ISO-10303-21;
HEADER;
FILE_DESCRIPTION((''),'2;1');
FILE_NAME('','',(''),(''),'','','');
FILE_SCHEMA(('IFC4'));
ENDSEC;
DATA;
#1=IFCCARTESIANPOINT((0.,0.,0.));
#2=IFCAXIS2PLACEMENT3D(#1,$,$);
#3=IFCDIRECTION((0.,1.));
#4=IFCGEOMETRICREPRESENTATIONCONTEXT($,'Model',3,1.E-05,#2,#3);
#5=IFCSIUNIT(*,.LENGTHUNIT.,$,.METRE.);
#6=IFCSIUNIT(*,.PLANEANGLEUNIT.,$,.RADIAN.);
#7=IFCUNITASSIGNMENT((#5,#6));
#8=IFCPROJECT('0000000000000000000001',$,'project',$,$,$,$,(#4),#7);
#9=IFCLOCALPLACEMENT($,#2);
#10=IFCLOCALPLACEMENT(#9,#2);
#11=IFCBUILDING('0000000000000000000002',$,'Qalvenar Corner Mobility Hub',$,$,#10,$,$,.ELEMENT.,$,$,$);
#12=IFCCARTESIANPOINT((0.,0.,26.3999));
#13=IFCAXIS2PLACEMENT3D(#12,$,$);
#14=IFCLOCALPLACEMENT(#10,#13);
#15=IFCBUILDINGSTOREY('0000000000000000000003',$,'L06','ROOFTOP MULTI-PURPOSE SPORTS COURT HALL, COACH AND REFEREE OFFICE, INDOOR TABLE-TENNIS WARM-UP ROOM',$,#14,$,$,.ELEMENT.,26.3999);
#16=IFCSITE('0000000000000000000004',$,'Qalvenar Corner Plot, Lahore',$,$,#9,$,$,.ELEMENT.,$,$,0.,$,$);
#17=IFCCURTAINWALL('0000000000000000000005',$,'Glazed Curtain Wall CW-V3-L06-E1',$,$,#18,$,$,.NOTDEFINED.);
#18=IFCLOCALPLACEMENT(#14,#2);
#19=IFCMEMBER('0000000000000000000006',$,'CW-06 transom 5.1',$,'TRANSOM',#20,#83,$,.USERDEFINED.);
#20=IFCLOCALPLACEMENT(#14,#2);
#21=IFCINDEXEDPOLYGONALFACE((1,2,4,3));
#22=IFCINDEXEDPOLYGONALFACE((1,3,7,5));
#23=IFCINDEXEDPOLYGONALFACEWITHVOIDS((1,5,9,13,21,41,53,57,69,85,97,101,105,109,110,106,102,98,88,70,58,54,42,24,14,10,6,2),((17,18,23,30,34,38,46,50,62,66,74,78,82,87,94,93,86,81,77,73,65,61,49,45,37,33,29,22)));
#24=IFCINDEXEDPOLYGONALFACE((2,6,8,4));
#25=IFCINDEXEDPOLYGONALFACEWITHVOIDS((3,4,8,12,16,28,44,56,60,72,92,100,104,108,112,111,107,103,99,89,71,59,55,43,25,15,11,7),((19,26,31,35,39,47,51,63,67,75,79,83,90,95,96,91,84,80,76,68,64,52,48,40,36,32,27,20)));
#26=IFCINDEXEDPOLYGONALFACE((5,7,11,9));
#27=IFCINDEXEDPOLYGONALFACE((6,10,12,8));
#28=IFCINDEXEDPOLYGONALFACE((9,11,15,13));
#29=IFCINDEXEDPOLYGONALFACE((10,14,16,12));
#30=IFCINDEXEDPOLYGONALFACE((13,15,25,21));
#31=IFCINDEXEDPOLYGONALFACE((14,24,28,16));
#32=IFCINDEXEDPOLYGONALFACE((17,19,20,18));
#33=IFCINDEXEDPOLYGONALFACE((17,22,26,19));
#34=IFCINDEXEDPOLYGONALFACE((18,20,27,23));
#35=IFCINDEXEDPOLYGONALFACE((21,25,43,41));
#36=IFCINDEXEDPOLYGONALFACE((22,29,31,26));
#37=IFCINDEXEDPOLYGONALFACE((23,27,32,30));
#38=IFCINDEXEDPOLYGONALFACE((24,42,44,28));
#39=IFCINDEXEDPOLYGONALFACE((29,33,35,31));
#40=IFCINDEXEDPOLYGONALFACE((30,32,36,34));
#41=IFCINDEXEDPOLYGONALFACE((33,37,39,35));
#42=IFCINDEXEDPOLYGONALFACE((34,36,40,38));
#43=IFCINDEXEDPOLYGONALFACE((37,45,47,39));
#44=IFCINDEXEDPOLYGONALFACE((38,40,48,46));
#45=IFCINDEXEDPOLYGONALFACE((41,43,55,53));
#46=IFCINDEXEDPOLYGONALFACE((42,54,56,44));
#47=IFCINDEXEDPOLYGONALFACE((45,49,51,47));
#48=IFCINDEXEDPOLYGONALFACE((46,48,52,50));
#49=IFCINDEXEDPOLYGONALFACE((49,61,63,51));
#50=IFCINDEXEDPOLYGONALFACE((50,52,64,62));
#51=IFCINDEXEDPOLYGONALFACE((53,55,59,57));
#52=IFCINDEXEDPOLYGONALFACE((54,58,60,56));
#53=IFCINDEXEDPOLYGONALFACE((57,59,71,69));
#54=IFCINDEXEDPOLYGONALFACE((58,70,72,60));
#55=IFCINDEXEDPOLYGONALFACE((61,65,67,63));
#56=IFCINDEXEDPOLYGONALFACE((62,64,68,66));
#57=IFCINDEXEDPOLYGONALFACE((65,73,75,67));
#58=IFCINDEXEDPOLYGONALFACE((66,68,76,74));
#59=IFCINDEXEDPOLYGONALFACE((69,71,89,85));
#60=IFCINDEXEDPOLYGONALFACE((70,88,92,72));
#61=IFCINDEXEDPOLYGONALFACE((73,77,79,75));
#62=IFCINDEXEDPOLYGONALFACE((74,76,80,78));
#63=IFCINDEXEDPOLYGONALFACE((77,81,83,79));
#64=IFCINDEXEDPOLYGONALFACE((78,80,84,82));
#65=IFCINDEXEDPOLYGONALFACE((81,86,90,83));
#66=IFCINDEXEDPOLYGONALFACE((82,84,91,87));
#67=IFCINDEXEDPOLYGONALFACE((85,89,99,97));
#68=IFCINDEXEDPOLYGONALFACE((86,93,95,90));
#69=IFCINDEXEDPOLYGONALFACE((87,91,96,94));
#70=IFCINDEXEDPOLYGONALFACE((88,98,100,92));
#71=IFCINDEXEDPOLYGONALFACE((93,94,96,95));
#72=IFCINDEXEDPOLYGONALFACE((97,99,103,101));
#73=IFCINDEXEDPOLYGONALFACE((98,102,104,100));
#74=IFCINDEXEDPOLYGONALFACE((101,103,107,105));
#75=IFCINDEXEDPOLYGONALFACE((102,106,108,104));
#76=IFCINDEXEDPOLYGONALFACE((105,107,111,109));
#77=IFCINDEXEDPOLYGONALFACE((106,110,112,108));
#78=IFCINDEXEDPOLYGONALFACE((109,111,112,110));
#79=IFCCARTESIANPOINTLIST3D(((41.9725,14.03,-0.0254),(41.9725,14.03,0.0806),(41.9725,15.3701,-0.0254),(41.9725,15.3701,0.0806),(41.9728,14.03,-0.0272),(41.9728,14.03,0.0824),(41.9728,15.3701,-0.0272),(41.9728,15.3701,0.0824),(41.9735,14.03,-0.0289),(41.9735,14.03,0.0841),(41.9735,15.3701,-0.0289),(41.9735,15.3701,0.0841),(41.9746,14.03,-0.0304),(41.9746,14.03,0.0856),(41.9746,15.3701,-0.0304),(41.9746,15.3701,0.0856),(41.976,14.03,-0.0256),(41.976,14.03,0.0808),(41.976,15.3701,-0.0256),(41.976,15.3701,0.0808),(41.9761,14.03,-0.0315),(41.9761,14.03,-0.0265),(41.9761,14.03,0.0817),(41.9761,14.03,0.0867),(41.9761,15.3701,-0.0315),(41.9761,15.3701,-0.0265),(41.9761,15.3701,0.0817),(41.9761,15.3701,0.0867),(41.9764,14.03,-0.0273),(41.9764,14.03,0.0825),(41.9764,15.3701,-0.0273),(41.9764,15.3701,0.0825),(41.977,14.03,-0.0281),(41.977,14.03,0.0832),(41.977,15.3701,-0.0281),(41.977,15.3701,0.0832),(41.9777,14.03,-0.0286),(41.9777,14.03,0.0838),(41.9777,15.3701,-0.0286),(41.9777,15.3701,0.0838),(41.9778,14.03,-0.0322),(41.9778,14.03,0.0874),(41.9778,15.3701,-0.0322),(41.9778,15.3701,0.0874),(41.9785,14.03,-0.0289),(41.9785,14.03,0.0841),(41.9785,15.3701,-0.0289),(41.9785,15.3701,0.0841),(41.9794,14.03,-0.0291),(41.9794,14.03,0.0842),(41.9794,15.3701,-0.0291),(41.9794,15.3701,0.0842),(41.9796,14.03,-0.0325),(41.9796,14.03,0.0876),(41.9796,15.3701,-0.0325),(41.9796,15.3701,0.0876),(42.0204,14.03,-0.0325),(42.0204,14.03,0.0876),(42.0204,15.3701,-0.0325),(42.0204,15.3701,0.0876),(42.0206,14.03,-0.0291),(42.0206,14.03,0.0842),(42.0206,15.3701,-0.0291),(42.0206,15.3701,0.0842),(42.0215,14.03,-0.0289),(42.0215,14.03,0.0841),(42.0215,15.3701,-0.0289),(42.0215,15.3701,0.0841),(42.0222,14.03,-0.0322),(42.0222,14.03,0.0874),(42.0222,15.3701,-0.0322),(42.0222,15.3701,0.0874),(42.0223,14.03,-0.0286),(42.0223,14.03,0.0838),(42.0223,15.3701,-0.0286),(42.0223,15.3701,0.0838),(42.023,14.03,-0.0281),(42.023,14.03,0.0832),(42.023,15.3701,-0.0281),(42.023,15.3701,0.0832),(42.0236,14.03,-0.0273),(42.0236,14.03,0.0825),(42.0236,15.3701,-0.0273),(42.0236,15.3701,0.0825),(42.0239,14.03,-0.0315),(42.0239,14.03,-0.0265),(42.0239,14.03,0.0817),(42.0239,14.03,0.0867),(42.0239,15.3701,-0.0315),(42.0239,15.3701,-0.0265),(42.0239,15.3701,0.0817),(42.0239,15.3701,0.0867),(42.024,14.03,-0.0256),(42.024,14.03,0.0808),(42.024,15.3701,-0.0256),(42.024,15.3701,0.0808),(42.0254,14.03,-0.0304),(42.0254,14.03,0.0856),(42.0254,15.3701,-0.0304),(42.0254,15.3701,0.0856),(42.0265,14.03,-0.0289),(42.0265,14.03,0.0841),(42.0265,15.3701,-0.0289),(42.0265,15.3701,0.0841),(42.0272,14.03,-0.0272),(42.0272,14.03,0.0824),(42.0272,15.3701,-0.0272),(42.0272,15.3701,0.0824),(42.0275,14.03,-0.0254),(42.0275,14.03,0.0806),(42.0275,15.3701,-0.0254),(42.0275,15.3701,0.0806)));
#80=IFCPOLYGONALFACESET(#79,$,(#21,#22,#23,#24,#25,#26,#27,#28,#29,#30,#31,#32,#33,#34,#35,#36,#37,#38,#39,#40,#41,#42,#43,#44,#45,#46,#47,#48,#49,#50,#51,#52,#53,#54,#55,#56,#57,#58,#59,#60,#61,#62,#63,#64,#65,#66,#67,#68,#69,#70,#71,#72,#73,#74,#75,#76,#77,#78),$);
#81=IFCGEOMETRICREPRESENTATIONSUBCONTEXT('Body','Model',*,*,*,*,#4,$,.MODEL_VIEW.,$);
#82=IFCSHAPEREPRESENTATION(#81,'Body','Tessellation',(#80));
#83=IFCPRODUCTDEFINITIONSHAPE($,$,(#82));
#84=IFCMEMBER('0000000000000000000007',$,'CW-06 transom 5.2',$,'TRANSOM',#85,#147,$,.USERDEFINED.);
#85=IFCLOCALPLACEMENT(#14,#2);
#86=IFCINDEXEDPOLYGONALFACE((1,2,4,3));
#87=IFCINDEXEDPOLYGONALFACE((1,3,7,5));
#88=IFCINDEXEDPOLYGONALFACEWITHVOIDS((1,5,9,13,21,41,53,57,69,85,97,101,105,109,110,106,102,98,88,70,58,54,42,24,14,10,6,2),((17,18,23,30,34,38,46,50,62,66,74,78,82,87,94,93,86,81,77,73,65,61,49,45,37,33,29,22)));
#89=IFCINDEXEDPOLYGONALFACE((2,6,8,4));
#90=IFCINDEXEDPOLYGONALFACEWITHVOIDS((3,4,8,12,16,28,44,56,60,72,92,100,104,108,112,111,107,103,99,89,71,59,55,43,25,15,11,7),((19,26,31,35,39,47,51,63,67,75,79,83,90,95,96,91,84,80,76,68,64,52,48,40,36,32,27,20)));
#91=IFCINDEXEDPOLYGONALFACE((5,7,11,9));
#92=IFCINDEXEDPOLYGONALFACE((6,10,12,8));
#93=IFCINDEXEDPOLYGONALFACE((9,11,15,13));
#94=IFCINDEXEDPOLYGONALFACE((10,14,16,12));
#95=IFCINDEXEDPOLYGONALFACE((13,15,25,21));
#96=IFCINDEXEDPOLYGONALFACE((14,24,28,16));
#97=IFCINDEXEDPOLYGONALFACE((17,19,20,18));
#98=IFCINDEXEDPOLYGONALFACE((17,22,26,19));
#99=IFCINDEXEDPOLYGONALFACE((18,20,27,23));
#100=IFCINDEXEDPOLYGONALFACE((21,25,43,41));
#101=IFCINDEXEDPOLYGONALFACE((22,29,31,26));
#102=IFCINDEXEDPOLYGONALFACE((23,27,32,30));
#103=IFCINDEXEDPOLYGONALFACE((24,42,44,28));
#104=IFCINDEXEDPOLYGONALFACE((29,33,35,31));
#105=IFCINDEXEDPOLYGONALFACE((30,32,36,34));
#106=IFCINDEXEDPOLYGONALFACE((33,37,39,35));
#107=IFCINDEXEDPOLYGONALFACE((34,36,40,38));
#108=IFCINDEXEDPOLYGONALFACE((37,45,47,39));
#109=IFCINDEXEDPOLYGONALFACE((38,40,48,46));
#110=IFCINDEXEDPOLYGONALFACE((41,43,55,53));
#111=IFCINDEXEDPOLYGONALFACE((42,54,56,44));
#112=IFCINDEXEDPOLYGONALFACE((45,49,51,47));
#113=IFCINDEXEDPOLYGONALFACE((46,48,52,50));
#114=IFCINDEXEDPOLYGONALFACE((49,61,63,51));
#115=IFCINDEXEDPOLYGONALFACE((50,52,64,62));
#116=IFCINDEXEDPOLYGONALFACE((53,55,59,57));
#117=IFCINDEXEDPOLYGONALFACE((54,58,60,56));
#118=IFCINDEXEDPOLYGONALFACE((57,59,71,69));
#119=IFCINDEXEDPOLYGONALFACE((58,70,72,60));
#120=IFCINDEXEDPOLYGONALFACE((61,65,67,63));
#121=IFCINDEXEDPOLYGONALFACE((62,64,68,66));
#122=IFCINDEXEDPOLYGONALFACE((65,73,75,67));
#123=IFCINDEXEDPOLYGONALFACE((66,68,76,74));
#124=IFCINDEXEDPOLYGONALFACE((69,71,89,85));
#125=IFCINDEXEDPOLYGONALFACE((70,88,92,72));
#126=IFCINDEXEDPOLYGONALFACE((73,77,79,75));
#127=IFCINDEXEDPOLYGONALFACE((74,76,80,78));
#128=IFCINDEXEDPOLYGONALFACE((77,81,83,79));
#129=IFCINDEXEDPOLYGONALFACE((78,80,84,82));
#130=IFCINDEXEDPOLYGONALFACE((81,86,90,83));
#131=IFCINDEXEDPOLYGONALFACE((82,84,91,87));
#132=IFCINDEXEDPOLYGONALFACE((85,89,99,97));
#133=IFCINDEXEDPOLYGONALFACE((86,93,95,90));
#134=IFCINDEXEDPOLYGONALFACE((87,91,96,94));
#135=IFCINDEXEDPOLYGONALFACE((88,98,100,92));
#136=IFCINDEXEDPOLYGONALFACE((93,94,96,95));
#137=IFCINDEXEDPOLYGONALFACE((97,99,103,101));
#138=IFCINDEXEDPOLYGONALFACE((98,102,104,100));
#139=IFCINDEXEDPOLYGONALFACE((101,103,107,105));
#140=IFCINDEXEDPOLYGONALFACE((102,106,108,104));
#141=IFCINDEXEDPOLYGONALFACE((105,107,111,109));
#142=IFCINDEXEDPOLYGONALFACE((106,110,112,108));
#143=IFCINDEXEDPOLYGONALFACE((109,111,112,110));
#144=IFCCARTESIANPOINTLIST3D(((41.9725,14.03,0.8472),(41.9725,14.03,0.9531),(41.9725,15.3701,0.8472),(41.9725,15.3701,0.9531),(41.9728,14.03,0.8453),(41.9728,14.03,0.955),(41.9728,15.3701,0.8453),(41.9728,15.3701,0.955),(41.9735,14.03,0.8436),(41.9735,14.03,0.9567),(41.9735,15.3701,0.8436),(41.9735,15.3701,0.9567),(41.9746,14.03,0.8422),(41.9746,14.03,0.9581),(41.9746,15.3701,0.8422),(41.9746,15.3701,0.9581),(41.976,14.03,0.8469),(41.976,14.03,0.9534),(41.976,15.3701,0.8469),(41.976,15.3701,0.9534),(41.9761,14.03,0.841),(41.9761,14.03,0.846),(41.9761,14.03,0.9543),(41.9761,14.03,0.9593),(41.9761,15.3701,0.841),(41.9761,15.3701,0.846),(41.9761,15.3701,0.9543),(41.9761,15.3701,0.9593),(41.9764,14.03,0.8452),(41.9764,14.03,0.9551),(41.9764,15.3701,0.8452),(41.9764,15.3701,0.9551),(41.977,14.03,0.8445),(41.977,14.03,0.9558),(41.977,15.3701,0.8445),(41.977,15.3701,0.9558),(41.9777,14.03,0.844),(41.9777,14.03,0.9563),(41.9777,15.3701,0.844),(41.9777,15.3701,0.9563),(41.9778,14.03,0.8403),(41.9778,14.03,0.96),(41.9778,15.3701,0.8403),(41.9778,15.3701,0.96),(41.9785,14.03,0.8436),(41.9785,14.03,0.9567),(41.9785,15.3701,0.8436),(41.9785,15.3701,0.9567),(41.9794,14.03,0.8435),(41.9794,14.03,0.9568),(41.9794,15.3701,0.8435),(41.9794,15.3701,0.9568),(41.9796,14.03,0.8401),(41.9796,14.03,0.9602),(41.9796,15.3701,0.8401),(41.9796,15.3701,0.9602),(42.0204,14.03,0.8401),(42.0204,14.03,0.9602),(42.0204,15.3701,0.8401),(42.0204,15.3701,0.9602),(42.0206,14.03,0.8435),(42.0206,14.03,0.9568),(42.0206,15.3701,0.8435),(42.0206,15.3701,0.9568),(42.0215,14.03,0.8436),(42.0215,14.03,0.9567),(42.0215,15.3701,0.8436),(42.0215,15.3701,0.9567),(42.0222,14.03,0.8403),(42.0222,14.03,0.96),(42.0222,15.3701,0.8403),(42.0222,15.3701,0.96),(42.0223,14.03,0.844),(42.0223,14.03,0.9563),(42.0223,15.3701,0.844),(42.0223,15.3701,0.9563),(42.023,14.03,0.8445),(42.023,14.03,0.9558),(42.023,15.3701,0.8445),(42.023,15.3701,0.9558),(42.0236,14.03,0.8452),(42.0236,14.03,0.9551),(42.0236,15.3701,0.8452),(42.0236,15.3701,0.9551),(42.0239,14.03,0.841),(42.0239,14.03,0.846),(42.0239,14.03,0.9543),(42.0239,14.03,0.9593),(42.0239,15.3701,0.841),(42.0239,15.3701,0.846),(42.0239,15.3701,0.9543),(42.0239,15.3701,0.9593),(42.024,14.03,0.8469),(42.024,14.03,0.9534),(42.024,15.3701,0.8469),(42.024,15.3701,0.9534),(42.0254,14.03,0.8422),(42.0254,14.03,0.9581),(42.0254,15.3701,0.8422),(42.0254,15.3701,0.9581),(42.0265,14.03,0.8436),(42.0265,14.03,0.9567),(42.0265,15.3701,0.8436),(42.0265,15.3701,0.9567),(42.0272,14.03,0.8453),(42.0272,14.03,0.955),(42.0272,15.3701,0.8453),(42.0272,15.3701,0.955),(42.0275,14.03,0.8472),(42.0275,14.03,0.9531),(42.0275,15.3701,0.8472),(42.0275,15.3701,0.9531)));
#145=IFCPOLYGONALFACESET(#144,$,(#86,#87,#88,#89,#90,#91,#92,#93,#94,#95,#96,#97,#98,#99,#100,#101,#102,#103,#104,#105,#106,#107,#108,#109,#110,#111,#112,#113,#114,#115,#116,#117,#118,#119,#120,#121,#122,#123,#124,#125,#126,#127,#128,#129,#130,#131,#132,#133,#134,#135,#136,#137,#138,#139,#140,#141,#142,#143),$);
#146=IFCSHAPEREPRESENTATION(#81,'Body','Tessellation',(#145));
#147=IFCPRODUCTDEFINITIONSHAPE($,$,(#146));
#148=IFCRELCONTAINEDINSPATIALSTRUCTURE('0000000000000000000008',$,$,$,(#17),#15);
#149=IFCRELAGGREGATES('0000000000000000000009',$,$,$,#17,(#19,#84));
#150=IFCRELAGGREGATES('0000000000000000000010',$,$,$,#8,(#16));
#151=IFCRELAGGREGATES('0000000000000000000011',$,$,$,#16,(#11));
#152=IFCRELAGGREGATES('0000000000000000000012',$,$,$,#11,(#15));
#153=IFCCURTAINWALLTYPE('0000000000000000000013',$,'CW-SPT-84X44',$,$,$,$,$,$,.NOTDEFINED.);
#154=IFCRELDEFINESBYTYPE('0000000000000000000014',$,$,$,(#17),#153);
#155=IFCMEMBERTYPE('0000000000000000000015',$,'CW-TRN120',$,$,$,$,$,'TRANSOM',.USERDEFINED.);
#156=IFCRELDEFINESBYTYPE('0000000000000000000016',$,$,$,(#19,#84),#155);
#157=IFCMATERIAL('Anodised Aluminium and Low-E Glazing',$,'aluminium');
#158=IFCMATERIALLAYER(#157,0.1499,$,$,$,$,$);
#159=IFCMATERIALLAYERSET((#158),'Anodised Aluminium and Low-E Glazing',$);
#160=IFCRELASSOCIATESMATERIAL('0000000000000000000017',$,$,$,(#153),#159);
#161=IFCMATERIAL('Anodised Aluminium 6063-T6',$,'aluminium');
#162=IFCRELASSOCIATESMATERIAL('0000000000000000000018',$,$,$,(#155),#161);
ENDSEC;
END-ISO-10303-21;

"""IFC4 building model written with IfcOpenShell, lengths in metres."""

from ifc_helpers import new_model, si_unit, direction, frame, origin, origin_2d, place, context, subcontext, project, spatial, hollow_rectangle, extrude, material, layer, layer_set, material_profile, profile_set, type_object, element, aggregate, save


model = new_model("IFC4")

# Units and contexts
model_context = context("Model", 3, precision=1e-05, world=origin(), true_north=direction((0.0, 1.0)))
body_context = subcontext(model_context, "Body", "Model", "MODEL_VIEW")
ifc_project = project(units=[si_unit("LENGTHUNIT", "METRE"), si_unit("PLANEANGLEUNIT", "RADIAN")], contexts=[model_context])

# Site, building, storey
site_placement = place(None, origin())
site = spatial("IfcSite", under=ifc_project, at=site_placement, Name="Qalvenar Corner Plot, Lahore", CompositionType="ELEMENT", RefElevation=0.0)
building_placement = place(site_placement, origin())
building = spatial("IfcBuilding", under=site, at=building_placement, Name="Qalvenar Corner Mobility Hub", CompositionType="ELEMENT")
storey_placement = place(building_placement, frame((0.0, 0.0, 26.3999)))
storey = spatial("IfcBuildingStorey", under=building, at=storey_placement, Name="L06", Description="ROOFTOP MULTI-PURPOSE SPORTS COURT HALL, COACH AND REFEREE OFFICE, INDOOR TABLE-TENNIS WARM-UP ROOM", CompositionType="ELEMENT", Elevation=26.3999)

# Curtain wall, members
ifc_material_1 = material(Name="Anodised Aluminium and Low-E Glazing", Category="aluminium")
ifc_layer_1 = layer(ifc_material_1, 0.1499)
ifc_layer_set_1 = layer_set([ifc_layer_1], Name="Anodised Aluminium and Low-E Glazing")
curtain_wall_type = type_object("IfcCurtainWallType", Name="CW-SPT-84X44", PredefinedType="NOTDEFINED", material=ifc_layer_set_1)
curtain_wall_placement = place(storey_placement, origin())
curtain_wall = element("IfcCurtainWall", 1, at=curtain_wall_placement, inside=storey, type_object=curtain_wall_type, Name="Glazed Curtain Wall CW-V3-L06-E1", PredefinedType="NOTDEFINED")
ifc_material_2 = material(Name="Anodised Aluminium 6063-T6", Category="aluminium")
ifc_material_profile_1 = material_profile(ifc_material_2, hollow_rectangle(XDim=0.0549, YDim=0.1201, WallThickness=0.0034, InnerFilletRadius=0.0034, OuterFilletRadius=0.0071, at=origin_2d()), Name="RHS120x55x3.5")
ifc_profile_set_1 = profile_set([ifc_material_profile_1], Name="Anodised Aluminium 6063-T6")
member_type_1 = type_object("IfcMemberType", Name="CW-TRN120", ElementType="TRANSOM", PredefinedType="USERDEFINED", material=ifc_profile_set_1)
member_1_placement = place(storey_placement, frame((42.0, 14.03, 0.0276), z_axis=(0.0, 1.0, 0.0), x_axis=(-1.0, 0.0, 0.0)))
member_1 = element("IfcMember", 2, at=member_1_placement, type_object=member_type_1, Name="CW-06 transom 5.1", ObjectType="TRANSOM", PredefinedType="USERDEFINED", context=body_context, shape_type="SweptSolid", body=[
    extrude(hollow_rectangle(XDim=0.0549, YDim=0.1201, WallThickness=0.0034, InnerFilletRadius=0.0034, OuterFilletRadius=0.0071, at=origin_2d()), origin(), (0.0, 0.0, 1.0), 1.3401),
])
member_2_placement = place(storey_placement, frame((42.0, 14.03, 0.9001), z_axis=(0.0, 1.0, 0.0), x_axis=(-1.0, 0.0, 0.0)))
member_2 = element("IfcMember", 3, at=member_2_placement, type_object=member_type_1, Name="CW-06 transom 5.2", ObjectType="TRANSOM", PredefinedType="USERDEFINED", context=body_context, shape_type="SweptSolid", body=[
    extrude(hollow_rectangle(XDim=0.0549, YDim=0.1201, WallThickness=0.0034, InnerFilletRadius=0.0034, OuterFilletRadius=0.0071, at=origin_2d()), origin(), (0.0, 0.0, 1.0), 1.3401),
])
aggregate(curtain_wall, [member_1, member_2])

save(model, "model.ifc")
